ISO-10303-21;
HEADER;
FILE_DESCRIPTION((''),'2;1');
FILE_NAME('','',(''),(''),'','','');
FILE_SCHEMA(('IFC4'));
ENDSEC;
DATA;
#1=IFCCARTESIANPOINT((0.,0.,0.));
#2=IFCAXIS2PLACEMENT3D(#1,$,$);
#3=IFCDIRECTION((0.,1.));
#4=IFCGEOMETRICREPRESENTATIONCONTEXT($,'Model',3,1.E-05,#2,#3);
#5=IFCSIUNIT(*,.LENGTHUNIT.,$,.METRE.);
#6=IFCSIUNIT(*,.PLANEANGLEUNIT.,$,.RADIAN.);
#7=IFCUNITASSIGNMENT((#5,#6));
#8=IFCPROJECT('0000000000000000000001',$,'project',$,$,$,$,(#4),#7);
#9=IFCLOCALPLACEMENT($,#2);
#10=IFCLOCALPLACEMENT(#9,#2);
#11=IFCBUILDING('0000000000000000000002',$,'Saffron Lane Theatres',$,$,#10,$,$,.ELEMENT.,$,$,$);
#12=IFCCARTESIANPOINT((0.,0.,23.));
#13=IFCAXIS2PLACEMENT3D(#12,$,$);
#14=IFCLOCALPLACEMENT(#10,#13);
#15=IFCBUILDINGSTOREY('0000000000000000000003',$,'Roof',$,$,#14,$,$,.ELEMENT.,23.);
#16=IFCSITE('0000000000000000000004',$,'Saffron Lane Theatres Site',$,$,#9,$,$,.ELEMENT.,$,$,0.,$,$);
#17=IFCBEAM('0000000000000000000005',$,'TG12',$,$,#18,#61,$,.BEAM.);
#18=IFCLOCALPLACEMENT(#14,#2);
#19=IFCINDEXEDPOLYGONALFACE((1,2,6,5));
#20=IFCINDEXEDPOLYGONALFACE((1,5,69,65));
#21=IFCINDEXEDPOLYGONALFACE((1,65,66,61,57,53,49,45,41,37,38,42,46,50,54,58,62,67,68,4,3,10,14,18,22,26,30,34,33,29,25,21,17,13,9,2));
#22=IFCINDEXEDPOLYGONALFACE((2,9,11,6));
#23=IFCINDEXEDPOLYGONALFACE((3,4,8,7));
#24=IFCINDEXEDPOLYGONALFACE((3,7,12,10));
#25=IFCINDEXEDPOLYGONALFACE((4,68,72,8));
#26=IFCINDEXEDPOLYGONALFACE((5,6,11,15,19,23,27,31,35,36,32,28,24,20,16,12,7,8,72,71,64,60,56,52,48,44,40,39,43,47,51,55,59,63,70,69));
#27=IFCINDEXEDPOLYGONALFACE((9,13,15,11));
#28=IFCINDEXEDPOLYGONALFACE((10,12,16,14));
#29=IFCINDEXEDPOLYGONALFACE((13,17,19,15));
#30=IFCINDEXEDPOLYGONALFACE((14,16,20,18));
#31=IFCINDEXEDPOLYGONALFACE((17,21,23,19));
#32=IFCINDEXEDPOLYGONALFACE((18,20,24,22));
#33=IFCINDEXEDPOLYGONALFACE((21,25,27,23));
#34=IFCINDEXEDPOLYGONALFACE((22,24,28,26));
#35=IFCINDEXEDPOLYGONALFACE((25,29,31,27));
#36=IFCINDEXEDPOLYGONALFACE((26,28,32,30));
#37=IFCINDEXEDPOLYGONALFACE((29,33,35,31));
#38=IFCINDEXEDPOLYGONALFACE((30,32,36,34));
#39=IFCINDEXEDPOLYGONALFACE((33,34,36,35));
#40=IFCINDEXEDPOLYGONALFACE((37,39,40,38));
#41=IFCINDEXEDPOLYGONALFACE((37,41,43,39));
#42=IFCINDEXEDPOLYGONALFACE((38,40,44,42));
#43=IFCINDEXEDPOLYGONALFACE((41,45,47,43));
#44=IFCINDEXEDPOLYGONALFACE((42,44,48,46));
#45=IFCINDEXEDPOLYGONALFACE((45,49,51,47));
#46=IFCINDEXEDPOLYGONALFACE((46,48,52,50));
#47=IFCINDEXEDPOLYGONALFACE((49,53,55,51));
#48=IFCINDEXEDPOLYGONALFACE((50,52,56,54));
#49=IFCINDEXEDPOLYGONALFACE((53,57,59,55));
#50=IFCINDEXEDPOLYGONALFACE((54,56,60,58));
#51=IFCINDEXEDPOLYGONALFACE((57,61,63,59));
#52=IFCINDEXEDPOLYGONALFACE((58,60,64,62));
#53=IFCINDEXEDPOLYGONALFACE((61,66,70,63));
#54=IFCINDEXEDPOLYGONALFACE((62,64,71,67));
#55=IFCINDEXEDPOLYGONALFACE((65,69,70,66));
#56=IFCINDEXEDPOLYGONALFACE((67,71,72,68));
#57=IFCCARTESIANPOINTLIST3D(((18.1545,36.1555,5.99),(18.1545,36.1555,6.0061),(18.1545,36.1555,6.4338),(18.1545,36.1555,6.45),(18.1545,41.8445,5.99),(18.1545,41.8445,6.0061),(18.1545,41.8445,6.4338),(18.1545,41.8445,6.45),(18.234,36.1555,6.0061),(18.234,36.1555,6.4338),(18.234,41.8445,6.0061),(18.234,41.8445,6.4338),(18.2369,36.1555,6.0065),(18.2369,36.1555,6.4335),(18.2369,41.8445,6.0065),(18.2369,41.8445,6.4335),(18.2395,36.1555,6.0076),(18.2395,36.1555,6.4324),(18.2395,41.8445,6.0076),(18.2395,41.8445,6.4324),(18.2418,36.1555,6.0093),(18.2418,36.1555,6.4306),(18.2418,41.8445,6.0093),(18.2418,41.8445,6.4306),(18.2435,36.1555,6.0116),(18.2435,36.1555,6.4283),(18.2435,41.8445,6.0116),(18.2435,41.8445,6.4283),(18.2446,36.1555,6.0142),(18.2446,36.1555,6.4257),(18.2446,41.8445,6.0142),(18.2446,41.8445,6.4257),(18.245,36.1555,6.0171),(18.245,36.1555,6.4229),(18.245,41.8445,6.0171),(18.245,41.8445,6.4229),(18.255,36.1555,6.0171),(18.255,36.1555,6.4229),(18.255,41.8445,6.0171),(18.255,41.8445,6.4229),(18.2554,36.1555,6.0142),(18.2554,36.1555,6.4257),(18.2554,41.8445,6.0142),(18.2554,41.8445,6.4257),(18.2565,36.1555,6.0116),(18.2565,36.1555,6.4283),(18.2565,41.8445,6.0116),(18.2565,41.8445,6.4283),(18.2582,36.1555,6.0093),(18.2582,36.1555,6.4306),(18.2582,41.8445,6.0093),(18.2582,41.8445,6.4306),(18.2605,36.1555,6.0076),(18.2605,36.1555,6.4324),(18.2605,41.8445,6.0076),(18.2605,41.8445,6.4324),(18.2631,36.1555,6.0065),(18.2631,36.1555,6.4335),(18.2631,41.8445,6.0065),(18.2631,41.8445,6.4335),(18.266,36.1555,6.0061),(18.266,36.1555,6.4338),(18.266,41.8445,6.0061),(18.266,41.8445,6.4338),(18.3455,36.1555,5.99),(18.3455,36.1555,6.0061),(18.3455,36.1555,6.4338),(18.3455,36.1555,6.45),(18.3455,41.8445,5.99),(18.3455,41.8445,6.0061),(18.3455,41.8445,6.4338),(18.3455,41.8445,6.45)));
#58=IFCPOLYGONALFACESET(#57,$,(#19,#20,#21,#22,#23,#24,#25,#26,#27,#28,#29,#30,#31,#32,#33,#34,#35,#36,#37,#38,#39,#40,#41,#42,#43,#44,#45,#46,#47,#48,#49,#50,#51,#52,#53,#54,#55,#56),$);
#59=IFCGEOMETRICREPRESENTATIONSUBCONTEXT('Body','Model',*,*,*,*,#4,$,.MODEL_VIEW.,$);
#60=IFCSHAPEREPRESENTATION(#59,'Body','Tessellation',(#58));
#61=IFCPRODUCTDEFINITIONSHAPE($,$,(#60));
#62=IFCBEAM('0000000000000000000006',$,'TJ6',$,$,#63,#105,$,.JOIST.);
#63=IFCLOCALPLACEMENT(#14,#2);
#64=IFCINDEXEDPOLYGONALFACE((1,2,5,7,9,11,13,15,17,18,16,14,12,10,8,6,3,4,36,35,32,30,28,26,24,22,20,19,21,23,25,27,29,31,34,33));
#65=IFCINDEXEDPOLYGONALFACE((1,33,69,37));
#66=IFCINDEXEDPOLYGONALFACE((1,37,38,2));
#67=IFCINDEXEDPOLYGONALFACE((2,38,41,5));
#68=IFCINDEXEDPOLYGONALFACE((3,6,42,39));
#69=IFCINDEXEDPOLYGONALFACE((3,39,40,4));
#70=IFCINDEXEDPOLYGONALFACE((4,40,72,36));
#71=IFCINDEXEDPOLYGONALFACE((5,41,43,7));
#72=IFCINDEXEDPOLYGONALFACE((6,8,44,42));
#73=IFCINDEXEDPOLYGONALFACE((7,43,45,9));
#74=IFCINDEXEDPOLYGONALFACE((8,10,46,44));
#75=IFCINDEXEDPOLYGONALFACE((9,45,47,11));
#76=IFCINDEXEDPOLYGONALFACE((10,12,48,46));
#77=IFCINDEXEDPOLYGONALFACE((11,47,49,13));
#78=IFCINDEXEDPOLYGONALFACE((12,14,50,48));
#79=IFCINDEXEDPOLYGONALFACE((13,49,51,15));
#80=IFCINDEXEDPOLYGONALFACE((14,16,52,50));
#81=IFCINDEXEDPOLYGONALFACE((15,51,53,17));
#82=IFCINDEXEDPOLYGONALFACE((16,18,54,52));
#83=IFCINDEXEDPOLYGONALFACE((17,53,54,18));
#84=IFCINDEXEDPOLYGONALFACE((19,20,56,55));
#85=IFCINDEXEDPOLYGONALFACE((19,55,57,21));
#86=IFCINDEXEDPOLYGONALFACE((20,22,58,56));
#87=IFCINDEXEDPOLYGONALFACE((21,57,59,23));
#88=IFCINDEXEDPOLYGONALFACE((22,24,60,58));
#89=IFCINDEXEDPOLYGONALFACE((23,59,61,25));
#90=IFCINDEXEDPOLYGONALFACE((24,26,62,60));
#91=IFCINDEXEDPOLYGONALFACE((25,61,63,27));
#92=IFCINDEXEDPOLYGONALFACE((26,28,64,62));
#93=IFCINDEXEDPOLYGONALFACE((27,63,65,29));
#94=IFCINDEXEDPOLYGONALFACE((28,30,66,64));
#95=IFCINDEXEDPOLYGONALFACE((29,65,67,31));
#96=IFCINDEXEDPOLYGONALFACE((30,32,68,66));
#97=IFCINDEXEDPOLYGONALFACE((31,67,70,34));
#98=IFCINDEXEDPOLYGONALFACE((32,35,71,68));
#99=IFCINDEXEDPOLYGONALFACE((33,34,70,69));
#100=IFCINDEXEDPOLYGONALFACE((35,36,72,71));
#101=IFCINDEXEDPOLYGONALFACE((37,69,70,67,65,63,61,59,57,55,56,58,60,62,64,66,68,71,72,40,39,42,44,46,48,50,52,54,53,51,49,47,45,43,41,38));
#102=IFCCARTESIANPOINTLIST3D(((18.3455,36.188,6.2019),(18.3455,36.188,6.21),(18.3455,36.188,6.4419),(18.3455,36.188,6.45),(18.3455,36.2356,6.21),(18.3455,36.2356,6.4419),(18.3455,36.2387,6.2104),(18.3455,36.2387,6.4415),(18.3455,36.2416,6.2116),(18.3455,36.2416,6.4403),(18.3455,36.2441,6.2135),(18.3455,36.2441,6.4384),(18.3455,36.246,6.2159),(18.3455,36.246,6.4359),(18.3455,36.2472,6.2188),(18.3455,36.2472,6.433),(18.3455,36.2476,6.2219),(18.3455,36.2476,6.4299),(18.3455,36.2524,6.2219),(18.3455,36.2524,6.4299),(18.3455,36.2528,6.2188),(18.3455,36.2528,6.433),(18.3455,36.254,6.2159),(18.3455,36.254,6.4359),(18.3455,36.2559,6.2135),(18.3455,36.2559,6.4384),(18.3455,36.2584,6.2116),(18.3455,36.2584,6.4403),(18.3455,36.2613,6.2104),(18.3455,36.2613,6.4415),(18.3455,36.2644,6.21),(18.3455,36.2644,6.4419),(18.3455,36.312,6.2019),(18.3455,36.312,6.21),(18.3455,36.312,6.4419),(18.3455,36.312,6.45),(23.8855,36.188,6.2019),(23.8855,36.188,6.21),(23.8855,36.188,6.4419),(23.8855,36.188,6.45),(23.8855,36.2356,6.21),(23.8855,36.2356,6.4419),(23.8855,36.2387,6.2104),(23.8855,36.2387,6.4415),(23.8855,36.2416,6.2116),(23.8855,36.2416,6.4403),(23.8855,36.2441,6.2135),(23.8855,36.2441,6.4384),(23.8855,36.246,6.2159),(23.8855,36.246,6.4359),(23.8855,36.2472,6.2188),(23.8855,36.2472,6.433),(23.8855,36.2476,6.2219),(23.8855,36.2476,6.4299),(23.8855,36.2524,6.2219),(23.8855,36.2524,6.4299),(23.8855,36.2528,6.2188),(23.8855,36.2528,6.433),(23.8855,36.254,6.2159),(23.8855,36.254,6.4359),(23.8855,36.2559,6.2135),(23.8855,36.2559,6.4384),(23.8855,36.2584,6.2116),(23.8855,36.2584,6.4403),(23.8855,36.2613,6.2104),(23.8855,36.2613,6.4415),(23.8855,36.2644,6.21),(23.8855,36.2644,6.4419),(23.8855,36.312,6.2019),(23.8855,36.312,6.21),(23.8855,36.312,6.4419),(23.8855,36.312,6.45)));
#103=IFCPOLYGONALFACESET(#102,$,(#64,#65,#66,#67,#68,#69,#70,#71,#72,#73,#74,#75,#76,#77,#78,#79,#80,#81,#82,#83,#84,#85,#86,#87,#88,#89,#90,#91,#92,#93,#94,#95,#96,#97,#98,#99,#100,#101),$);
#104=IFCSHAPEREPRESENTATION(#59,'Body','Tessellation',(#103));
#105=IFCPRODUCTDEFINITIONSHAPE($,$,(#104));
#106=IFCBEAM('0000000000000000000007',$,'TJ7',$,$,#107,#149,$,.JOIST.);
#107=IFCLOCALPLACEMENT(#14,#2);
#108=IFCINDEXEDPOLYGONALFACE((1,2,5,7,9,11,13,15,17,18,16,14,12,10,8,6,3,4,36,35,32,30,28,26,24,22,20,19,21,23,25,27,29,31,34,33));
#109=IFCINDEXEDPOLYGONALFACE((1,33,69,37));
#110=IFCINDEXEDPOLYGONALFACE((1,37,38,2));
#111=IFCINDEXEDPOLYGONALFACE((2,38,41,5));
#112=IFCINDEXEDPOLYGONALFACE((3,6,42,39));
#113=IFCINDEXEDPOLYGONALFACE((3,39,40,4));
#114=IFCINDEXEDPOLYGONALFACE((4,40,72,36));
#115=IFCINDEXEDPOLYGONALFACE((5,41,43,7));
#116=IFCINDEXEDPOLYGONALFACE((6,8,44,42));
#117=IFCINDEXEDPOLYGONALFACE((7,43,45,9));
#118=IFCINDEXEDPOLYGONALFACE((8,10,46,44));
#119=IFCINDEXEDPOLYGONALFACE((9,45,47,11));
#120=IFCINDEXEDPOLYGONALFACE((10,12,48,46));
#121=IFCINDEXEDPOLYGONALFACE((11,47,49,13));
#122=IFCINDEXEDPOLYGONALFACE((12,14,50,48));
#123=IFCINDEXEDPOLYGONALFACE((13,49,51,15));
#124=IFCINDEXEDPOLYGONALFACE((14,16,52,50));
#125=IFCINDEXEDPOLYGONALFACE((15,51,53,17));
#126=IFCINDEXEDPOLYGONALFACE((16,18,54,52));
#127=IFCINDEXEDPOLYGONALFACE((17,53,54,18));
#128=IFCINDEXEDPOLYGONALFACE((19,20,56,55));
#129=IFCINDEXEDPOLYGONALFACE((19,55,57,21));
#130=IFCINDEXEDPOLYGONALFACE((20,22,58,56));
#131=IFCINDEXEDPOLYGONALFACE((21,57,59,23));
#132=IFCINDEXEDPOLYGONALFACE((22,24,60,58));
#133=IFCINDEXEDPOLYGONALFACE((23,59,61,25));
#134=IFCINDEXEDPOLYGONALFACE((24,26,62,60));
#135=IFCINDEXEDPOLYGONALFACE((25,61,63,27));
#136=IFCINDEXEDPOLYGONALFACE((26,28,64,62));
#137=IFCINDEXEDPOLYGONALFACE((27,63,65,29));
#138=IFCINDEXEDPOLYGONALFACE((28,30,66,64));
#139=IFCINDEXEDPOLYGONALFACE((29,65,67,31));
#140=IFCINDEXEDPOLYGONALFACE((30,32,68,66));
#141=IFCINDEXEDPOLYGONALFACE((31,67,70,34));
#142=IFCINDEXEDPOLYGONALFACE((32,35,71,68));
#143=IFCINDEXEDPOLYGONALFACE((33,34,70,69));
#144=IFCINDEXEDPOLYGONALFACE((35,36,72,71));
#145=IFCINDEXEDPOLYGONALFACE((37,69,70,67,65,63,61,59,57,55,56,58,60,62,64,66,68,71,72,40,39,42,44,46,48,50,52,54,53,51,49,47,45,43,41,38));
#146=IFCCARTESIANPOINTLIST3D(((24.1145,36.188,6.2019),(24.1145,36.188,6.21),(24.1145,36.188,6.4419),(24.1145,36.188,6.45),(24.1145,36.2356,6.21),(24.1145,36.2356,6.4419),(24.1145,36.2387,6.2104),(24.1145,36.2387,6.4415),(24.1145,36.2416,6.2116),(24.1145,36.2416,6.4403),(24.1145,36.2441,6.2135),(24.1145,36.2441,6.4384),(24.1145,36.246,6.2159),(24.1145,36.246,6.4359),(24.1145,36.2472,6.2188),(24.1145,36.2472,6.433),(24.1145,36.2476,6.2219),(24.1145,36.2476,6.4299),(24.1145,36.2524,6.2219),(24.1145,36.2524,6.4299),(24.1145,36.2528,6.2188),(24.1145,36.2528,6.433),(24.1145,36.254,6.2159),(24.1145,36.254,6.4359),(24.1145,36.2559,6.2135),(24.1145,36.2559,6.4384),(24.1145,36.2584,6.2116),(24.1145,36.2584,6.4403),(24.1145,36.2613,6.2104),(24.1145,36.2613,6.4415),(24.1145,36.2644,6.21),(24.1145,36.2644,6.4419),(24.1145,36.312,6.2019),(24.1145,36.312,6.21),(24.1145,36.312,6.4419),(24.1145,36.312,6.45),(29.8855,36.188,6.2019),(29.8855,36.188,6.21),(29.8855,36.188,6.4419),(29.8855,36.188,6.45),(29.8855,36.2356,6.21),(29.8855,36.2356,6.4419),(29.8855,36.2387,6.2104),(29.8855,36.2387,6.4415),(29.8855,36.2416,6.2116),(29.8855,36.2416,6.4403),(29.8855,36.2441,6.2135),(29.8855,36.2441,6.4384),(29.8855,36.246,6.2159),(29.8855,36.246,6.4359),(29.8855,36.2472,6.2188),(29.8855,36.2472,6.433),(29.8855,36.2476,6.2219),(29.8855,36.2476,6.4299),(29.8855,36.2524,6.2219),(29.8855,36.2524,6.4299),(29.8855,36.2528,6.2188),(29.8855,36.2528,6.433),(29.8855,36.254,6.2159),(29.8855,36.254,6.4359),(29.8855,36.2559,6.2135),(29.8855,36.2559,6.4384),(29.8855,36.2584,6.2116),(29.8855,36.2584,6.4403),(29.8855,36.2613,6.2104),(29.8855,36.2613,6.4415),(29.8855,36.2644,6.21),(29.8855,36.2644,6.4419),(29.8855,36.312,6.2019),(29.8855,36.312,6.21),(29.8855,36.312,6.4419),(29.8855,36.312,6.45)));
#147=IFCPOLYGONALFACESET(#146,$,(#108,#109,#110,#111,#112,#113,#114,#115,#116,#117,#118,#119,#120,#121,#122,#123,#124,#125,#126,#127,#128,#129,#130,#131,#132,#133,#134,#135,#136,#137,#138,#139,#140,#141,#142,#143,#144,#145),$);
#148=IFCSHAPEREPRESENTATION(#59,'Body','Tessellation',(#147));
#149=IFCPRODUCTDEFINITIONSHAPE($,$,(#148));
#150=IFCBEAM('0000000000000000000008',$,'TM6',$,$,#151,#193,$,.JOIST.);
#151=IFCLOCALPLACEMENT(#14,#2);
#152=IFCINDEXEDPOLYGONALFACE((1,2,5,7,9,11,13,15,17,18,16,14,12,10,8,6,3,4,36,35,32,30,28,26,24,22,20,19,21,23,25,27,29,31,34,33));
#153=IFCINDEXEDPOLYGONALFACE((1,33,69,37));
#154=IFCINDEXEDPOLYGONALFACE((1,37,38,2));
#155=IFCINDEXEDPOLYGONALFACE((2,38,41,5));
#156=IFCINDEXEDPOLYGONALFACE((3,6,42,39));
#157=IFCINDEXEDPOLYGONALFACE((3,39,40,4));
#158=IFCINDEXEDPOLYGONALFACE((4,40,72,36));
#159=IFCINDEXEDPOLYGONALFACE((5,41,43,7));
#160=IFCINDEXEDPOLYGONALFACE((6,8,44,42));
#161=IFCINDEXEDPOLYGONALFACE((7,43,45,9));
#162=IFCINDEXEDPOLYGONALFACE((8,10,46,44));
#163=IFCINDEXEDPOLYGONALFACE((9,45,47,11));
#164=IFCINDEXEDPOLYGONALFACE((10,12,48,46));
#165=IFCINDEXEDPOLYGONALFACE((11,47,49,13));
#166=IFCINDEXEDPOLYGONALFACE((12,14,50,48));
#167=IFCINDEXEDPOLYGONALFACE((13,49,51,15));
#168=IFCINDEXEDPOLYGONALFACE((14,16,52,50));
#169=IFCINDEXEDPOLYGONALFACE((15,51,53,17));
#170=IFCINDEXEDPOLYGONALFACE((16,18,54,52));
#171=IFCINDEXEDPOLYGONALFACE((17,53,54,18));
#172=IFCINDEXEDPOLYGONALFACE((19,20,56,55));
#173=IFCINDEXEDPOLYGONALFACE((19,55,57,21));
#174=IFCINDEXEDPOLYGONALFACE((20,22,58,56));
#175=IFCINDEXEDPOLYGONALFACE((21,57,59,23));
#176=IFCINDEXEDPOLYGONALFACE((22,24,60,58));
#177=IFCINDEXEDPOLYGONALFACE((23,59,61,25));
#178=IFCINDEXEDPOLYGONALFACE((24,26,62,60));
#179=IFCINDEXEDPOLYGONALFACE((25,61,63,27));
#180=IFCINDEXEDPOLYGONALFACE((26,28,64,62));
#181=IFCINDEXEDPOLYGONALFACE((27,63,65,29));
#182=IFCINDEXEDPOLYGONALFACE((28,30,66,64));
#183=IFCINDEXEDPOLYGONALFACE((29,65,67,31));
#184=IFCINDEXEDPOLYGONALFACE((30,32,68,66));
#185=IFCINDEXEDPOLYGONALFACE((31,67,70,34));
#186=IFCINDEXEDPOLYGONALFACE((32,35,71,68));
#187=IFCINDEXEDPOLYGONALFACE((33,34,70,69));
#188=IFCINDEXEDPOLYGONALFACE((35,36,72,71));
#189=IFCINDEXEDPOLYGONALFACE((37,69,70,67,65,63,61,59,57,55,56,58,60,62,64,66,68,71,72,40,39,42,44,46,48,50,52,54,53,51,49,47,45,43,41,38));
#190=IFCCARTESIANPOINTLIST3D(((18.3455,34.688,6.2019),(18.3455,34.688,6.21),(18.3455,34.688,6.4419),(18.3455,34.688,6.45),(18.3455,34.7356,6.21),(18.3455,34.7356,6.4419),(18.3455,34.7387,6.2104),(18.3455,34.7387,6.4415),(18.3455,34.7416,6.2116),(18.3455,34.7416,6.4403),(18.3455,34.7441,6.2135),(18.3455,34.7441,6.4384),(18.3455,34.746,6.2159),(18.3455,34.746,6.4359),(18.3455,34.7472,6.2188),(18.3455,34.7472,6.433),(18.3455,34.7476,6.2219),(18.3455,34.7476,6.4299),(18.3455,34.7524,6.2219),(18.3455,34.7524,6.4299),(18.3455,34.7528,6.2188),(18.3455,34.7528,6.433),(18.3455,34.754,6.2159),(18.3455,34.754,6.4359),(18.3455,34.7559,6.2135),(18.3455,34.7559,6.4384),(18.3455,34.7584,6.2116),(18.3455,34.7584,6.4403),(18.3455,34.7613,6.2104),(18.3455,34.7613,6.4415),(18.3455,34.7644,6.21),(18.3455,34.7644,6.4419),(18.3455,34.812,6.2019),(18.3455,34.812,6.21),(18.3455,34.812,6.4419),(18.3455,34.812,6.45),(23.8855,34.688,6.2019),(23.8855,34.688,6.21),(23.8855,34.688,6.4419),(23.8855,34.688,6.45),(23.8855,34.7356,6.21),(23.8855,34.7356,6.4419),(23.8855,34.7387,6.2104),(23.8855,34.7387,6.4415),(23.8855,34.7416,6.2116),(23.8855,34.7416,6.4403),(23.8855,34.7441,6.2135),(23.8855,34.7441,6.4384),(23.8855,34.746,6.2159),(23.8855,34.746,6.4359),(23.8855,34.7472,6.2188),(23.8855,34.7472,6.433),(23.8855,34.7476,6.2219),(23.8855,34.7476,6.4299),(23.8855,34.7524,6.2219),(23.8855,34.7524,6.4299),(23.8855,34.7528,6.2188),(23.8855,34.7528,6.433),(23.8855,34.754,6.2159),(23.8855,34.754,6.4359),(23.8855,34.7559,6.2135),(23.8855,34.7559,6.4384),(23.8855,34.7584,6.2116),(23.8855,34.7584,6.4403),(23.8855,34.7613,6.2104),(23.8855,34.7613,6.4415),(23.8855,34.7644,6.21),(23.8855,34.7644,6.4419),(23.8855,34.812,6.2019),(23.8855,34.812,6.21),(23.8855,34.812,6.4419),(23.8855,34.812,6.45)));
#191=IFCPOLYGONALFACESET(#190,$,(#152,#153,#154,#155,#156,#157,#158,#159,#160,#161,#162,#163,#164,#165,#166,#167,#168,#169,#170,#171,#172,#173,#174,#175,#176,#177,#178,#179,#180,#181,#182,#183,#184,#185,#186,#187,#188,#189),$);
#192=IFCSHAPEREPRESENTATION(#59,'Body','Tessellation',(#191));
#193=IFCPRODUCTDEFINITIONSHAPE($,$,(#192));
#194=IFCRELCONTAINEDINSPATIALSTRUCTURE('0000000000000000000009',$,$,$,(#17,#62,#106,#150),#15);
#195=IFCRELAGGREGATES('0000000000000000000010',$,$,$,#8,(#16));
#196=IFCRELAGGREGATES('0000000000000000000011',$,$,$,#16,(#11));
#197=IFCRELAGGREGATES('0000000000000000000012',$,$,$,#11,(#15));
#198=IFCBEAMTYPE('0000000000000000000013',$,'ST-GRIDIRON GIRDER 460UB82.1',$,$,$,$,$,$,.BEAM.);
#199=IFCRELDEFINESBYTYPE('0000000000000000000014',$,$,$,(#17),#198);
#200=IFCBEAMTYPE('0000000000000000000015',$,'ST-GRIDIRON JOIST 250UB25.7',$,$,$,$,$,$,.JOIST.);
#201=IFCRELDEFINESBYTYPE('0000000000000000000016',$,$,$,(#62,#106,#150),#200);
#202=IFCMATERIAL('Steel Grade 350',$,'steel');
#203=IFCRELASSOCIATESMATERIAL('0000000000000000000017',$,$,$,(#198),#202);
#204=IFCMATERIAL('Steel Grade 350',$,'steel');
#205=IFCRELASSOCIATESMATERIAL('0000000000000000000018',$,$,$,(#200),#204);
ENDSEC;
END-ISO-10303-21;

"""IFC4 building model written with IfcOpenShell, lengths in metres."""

from ifc_helpers import new_model, si_unit, direction, frame, origin, origin_2d, place, context, subcontext, project, spatial, i_section, extrude, material, material_profile, profile_set, type_object, element, save


model = new_model("IFC4")

# Units and contexts
model_context = context("Model", 3, precision=1e-05, world=origin(), true_north=direction((0.0, 1.0)))
body_context = subcontext(model_context, "Body", "Model", "MODEL_VIEW")
ifc_project = project(units=[si_unit("LENGTHUNIT", "METRE"), si_unit("PLANEANGLEUNIT", "RADIAN")], contexts=[model_context])

# Site, building, storey
site_placement = place(None, origin())
site = spatial("IfcSite", under=ifc_project, at=site_placement, Name="Saffron Lane Theatres Site", CompositionType="ELEMENT", RefElevation=0.0)
building_placement = place(site_placement, origin())
building = spatial("IfcBuilding", under=site, at=building_placement, Name="Saffron Lane Theatres", CompositionType="ELEMENT")
storey_placement = place(building_placement, frame((0.0, 0.0, 23.0)))
storey = spatial("IfcBuildingStorey", under=building, at=storey_placement, Name="Roof", CompositionType="ELEMENT", Elevation=23.0)

# Beams
ifc_material_1 = material(Name="Steel Grade 350", Category="steel")
ifc_material_profile_1 = material_profile(ifc_material_1, i_section(OverallWidth=0.1909, OverallDepth=0.46, WebThickness=0.01, FlangeThickness=0.0161, FilletRadius=0.011, at=origin_2d()))
ifc_profile_set_1 = profile_set([ifc_material_profile_1], Name="Steel Grade 350")
beam_type_1 = type_object("IfcBeamType", Name="ST-GRIDIRON GIRDER 460UB82.1", PredefinedType="BEAM", material=ifc_profile_set_1)
beam_1_placement = place(storey_placement, frame((18.25, 36.1555, 6.22), z_axis=(0.0, 1.0, 0.0), x_axis=(-1.0, 0.0, 0.0)))
element("IfcBeam", 1, at=beam_1_placement, inside=storey, type_object=beam_type_1, Name="TG12", PredefinedType="BEAM", context=body_context, shape_type="SweptSolid", body=[
    extrude(i_section(OverallWidth=0.1909, OverallDepth=0.46, WebThickness=0.01, FlangeThickness=0.0161, FilletRadius=0.011, at=origin_2d()), origin(), (0.0, 0.0, 1.0), 5.689),
])
ifc_material_2 = material(Name="Steel Grade 350", Category="steel")
ifc_material_profile_2 = material_profile(ifc_material_2, i_section(OverallWidth=0.124, OverallDepth=0.248, WebThickness=0.0049, FlangeThickness=0.0081, FilletRadius=0.012, at=origin_2d()))
ifc_profile_set_2 = profile_set([ifc_material_profile_2], Name="Steel Grade 350")
beam_type_2 = type_object("IfcBeamType", Name="ST-GRIDIRON JOIST 250UB25.7", PredefinedType="JOIST", material=ifc_profile_set_2)
beam_2_placement = place(storey_placement, frame((18.3455, 36.25, 6.3259), z_axis=(1.0, 0.0, 0.0), x_axis=(0.0, 1.0, 0.0)))
element("IfcBeam", 2, at=beam_2_placement, inside=storey, type_object=beam_type_2, Name="TJ6", PredefinedType="JOIST", context=body_context, shape_type="SweptSolid", body=[
    extrude(i_section(OverallWidth=0.124, OverallDepth=0.248, WebThickness=0.0049, FlangeThickness=0.0081, FilletRadius=0.012, at=origin_2d()), origin(), (0.0, 0.0, 1.0), 5.54),
])
beam_3_placement = place(storey_placement, frame((24.1145, 36.25, 6.3259), z_axis=(1.0, 0.0, 0.0), x_axis=(0.0, 1.0, 0.0)))
element("IfcBeam", 3, at=beam_3_placement, inside=storey, type_object=beam_type_2, Name="TJ7", PredefinedType="JOIST", context=body_context, shape_type="SweptSolid", body=[
    extrude(i_section(OverallWidth=0.124, OverallDepth=0.248, WebThickness=0.0049, FlangeThickness=0.0081, FilletRadius=0.012, at=origin_2d()), origin(), (0.0, 0.0, 1.0), 5.771),
])
beam_4_placement = place(storey_placement, frame((18.3455, 34.75, 6.3259), z_axis=(1.0, 0.0, 0.0), x_axis=(0.0, 1.0, 0.0)))
element("IfcBeam", 4, at=beam_4_placement, inside=storey, type_object=beam_type_2, Name="TM6", PredefinedType="JOIST", context=body_context, shape_type="SweptSolid", body=[
    extrude(i_section(OverallWidth=0.124, OverallDepth=0.248, WebThickness=0.0049, FlangeThickness=0.0081, FilletRadius=0.012, at=origin_2d()), origin(), (0.0, 0.0, 1.0), 5.54),
])

save(model, "model.ifc")
